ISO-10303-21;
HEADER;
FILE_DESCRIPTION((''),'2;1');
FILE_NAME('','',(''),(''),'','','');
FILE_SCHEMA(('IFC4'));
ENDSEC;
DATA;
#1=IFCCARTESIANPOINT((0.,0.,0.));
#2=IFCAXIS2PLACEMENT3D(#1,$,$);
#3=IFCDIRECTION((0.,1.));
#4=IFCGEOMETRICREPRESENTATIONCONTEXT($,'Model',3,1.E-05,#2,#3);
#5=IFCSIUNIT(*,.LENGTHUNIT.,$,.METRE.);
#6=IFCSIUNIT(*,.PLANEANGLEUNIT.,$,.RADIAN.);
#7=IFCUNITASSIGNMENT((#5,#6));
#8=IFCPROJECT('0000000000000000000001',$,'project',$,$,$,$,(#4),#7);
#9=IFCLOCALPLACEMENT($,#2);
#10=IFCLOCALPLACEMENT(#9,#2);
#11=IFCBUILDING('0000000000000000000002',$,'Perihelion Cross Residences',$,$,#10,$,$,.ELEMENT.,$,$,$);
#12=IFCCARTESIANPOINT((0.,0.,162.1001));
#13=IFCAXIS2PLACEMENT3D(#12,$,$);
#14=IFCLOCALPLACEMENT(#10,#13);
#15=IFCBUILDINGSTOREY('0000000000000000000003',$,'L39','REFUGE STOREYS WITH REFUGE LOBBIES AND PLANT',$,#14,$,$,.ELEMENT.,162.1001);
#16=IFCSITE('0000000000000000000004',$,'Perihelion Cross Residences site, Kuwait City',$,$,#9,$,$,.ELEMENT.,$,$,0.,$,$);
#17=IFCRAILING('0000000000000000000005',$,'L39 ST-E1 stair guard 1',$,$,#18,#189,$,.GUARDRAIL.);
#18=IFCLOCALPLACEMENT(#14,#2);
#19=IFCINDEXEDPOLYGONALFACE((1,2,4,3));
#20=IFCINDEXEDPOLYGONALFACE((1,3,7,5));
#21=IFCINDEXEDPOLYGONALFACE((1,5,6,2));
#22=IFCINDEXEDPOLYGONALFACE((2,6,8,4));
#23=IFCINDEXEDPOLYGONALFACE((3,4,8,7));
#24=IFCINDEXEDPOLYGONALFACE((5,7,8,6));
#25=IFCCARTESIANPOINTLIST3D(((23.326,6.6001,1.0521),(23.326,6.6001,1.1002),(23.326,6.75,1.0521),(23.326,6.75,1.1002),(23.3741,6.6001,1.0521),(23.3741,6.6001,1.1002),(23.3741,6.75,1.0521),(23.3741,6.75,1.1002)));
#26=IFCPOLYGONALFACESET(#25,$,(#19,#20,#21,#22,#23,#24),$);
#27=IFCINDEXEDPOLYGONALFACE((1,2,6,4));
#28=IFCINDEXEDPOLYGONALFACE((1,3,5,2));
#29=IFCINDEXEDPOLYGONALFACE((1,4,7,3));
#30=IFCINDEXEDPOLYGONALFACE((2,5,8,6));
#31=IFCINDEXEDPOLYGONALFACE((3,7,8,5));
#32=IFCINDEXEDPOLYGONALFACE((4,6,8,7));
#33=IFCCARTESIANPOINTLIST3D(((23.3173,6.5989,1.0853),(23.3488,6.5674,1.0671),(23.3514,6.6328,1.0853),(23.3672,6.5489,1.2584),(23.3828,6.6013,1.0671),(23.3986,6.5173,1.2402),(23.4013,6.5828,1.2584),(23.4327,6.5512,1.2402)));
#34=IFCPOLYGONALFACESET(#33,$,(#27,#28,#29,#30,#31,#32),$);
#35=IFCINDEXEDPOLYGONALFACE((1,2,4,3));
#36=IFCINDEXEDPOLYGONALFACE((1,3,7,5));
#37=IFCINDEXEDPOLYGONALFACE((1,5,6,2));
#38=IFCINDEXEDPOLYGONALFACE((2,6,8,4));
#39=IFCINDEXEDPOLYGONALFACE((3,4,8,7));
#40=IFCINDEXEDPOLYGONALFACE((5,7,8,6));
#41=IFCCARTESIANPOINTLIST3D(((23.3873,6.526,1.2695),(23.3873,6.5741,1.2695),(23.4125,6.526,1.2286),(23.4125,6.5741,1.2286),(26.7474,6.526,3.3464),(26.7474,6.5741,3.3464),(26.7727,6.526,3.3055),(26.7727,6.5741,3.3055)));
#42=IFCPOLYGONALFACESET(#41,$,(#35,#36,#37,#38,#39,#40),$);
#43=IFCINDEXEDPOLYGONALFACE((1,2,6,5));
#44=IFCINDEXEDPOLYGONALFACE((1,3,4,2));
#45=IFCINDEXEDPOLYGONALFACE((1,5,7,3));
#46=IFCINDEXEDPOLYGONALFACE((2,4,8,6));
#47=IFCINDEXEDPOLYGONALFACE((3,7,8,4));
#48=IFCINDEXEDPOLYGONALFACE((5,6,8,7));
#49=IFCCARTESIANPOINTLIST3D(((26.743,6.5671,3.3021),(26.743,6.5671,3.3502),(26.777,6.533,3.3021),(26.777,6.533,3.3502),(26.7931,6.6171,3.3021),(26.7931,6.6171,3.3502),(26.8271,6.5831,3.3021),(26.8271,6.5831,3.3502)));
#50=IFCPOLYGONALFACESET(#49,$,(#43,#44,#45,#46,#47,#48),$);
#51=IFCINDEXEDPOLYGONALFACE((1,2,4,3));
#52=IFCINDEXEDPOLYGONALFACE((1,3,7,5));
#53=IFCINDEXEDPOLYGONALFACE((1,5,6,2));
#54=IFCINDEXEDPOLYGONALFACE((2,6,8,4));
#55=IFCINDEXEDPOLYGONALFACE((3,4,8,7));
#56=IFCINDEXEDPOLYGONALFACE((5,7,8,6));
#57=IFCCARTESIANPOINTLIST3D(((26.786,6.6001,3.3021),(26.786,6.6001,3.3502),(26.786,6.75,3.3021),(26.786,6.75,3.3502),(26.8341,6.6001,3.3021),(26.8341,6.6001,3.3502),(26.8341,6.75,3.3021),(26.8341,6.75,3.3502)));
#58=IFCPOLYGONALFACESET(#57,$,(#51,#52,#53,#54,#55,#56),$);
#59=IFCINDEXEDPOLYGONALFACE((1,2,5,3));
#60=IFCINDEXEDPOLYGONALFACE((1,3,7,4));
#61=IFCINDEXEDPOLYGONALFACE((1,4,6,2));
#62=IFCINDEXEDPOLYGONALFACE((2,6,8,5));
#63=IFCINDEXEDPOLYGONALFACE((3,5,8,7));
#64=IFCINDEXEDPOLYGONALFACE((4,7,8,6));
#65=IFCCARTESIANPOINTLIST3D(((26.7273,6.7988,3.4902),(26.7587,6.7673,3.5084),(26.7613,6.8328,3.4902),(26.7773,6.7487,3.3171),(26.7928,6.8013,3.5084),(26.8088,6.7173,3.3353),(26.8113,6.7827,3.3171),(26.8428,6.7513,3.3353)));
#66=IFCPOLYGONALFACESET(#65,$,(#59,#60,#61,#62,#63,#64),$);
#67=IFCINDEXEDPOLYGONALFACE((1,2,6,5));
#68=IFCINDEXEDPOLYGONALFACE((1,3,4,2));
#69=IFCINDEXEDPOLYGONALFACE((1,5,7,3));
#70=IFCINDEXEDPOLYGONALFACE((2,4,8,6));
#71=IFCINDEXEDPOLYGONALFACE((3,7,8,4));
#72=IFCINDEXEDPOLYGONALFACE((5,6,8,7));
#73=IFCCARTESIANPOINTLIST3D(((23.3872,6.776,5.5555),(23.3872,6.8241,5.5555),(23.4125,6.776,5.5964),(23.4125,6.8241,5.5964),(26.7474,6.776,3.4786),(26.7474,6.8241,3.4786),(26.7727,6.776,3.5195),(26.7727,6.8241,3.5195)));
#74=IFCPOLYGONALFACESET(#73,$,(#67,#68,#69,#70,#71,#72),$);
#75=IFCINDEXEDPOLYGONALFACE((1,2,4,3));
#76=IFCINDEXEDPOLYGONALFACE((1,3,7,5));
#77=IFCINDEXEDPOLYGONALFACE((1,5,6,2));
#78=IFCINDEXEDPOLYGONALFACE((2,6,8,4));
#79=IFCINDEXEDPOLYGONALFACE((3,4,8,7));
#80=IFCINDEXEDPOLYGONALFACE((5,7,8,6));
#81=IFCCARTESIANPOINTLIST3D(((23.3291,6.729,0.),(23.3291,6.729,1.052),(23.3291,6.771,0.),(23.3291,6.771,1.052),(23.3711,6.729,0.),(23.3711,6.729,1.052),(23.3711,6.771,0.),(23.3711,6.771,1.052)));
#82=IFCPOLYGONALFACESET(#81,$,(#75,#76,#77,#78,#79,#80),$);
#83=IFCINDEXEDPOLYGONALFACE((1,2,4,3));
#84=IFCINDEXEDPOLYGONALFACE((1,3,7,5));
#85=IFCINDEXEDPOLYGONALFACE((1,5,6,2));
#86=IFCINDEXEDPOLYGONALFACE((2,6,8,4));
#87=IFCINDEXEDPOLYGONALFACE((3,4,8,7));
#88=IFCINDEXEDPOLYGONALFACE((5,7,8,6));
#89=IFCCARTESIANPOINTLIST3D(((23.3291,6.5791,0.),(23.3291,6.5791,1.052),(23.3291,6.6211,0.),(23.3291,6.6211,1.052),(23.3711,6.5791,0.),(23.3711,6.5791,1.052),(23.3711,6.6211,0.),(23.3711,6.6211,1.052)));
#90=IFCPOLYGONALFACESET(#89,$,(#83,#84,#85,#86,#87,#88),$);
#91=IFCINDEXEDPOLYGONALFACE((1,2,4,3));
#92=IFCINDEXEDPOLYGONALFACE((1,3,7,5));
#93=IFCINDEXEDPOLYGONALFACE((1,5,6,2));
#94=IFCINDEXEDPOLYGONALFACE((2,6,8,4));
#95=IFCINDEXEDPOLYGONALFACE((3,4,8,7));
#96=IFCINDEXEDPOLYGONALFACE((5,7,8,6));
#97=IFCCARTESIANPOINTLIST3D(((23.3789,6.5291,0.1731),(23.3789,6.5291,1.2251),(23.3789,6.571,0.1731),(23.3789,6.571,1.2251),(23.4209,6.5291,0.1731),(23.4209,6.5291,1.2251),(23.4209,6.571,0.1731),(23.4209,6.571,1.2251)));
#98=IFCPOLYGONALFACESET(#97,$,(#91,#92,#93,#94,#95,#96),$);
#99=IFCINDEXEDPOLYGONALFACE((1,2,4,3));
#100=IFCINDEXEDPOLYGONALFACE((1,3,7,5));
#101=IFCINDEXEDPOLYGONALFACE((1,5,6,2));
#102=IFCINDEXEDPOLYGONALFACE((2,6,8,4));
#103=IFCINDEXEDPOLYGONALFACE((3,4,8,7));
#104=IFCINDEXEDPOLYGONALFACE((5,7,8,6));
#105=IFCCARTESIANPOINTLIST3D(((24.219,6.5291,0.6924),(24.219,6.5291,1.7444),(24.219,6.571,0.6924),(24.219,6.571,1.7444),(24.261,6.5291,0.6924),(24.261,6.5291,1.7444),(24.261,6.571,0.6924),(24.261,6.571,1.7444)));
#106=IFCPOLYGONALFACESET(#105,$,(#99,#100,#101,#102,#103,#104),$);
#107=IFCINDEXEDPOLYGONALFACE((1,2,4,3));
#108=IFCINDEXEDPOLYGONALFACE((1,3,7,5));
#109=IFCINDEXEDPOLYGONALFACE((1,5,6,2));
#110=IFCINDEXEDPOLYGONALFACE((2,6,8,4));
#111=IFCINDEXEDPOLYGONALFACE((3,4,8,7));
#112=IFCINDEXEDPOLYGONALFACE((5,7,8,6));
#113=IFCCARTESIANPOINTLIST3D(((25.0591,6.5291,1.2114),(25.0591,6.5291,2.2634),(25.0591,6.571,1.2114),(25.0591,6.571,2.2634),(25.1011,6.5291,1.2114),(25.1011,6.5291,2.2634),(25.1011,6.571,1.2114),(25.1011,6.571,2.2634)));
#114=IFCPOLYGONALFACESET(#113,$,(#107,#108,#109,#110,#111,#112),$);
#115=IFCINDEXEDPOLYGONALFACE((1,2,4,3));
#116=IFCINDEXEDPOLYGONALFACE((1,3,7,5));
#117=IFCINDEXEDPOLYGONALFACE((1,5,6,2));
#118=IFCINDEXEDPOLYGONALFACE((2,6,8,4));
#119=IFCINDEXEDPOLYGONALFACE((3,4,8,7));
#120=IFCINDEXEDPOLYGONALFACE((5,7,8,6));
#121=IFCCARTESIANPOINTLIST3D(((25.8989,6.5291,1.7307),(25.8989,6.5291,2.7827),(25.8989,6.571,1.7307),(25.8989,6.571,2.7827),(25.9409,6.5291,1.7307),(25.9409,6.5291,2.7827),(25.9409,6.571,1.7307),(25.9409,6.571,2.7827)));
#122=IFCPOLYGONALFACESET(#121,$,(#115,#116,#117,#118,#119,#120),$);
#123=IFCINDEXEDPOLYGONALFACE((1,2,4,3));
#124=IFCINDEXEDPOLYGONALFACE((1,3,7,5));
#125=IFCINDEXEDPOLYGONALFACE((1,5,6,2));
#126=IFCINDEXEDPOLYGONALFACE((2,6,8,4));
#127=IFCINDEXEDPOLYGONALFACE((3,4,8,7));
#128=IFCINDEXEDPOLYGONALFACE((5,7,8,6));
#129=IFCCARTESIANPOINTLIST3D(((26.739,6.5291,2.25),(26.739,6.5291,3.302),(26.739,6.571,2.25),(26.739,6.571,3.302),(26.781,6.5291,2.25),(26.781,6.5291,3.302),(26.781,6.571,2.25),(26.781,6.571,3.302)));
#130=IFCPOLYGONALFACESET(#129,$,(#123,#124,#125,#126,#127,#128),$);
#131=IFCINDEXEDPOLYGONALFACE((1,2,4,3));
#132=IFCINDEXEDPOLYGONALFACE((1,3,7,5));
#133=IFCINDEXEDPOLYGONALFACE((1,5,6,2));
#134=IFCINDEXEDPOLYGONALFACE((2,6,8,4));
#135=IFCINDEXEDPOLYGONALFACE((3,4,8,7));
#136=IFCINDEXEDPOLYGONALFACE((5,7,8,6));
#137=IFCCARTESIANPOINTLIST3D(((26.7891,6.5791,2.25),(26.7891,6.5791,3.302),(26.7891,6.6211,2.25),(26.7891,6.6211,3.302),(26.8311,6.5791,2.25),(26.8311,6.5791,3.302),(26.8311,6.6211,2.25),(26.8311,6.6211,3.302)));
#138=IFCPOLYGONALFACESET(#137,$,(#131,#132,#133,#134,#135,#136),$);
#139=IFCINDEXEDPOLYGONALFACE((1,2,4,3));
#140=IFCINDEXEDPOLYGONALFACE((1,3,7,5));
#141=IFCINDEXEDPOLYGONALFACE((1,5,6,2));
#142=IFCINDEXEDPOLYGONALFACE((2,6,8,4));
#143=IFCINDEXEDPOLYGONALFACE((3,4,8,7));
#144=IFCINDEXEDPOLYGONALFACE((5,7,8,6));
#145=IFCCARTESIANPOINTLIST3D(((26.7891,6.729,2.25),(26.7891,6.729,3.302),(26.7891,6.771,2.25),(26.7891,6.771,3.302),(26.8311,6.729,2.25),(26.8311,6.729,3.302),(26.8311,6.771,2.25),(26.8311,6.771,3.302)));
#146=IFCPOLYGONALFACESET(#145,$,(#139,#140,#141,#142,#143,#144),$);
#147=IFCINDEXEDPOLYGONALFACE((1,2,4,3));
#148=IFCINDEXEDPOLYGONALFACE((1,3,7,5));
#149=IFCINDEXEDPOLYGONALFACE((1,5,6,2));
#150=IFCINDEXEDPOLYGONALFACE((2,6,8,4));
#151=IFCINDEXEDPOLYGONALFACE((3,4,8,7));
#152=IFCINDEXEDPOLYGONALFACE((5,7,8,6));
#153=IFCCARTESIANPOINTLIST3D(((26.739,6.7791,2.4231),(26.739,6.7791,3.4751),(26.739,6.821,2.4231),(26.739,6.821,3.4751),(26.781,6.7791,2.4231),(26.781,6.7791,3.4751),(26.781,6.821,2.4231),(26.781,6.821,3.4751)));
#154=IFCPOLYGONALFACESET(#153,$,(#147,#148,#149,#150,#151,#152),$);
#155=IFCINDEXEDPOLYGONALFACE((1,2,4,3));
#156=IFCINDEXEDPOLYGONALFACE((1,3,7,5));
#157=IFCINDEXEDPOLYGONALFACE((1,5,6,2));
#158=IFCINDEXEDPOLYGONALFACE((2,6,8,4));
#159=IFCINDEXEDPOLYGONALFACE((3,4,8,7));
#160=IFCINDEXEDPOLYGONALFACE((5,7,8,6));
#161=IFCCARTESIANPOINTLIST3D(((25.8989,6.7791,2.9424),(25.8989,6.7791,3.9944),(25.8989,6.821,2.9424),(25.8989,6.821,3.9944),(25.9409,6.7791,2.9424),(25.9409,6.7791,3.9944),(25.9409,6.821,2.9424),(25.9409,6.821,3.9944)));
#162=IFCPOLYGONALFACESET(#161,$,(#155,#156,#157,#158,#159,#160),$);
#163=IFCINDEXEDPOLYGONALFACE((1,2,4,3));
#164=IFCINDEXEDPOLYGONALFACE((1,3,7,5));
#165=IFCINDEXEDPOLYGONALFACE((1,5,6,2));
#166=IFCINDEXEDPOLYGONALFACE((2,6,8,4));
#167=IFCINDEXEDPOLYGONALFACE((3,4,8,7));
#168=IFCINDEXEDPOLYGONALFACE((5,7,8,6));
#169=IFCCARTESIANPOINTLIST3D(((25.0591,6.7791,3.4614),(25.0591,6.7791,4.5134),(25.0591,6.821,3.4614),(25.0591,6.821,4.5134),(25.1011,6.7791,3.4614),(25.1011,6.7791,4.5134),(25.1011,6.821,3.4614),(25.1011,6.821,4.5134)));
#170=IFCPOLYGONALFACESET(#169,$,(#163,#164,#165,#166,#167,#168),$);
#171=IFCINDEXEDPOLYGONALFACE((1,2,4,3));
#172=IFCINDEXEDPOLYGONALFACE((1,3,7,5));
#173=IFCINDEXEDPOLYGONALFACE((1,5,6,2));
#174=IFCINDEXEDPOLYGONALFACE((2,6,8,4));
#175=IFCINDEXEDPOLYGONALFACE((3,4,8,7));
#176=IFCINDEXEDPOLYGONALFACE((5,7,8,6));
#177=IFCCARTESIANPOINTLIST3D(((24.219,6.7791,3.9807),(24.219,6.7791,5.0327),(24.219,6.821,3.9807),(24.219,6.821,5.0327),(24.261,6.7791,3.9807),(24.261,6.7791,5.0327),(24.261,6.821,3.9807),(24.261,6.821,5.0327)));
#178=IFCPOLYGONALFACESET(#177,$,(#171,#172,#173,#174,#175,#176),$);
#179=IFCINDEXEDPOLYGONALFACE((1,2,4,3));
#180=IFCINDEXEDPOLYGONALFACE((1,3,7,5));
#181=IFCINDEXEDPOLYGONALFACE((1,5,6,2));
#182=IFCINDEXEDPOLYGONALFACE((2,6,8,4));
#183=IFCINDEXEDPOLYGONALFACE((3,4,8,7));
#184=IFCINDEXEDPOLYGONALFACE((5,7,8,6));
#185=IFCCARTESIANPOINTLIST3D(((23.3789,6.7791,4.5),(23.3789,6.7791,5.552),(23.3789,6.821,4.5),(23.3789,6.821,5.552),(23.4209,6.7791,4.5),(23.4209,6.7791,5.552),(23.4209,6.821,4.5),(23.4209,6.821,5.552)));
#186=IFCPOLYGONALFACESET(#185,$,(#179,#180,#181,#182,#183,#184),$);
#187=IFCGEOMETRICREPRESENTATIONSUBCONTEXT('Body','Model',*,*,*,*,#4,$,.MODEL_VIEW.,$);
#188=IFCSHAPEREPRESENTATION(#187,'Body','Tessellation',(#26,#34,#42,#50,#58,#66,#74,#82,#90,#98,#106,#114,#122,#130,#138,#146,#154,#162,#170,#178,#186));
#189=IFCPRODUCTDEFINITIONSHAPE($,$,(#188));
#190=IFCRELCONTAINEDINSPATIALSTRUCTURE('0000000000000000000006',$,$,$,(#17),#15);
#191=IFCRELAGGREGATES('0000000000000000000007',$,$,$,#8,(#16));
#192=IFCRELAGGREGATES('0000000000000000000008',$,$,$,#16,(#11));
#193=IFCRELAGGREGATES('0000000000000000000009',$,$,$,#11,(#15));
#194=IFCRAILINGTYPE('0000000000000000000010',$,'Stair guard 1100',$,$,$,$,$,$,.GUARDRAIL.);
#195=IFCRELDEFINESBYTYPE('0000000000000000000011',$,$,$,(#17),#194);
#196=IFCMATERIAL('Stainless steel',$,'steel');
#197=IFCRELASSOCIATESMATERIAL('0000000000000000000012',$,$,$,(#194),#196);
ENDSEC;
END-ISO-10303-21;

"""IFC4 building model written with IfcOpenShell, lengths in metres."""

from ifc_helpers import new_model, si_unit, direction, frame, origin, origin_2d, place, context, subcontext, project, spatial, rectangle, extrude, material, type_object, element, save


model = new_model("IFC4")

# Units and contexts
model_context = context("Model", 3, precision=1e-05, world=origin(), true_north=direction((0.0, 1.0)))
body_context = subcontext(model_context, "Body", "Model", "MODEL_VIEW")
ifc_project = project(units=[si_unit("LENGTHUNIT", "METRE"), si_unit("PLANEANGLEUNIT", "RADIAN")], contexts=[model_context])

# Site, building, storey
site_placement = place(None, origin())
site = spatial("IfcSite", under=ifc_project, at=site_placement, Name="Perihelion Cross Residences site, Kuwait City", CompositionType="ELEMENT", RefElevation=0.0)
building_placement = place(site_placement, origin())
building = spatial("IfcBuilding", under=site, at=building_placement, Name="Perihelion Cross Residences", CompositionType="ELEMENT")
storey_placement = place(building_placement, frame((0.0, 0.0, 162.1001)))
storey = spatial("IfcBuildingStorey", under=building, at=storey_placement, Name="L39", Description="REFUGE STOREYS WITH REFUGE LOBBIES AND PLANT", CompositionType="ELEMENT", Elevation=162.1001)

# Railing
ifc_material_1 = material(Name="Stainless steel", Category="steel")
railing_type_1 = type_object("IfcRailingType", Name="Stair guard 1100", PredefinedType="GUARDRAIL", material=ifc_material_1)
railing_1_placement = place(storey_placement, frame((23.3501, 6.75, 0.0)))
element("IfcRailing", 1, at=railing_1_placement, inside=storey, type_object=railing_type_1, Name="L39 ST-E1 stair guard 1", PredefinedType="GUARDRAIL", context=body_context, shape_type="SweptSolid", body=[
    extrude(rectangle(XDim=0.0481, YDim=0.0481, at=origin_2d()), frame((0.0, 0.0, 1.0762), z_axis=(0.0, -1.0, 0.0), x_axis=(1.0, 0.0, 0.0)), (0.0, 0.0, 1.0), 0.1499),
    extrude(rectangle(XDim=0.0481, YDim=0.0481, at=origin_2d()), frame((0.0, -0.1499, 1.0762), z_axis=(0.266417, -0.267723, 0.92593), x_axis=(0.708834, 0.705376, 0.0)), (0.0, 0.0, 1.0), 0.187),
    extrude(rectangle(XDim=0.0481, YDim=0.0481, at=origin_2d()), frame((0.0498, -0.2, 1.249), z_axis=(0.850623, 0.0, 0.525776), x_axis=(0.0, 1.0, 0.0)), (0.0, 0.0, 1.0), 3.9502),
    extrude(rectangle(XDim=0.0481, YDim=0.0481, at=origin_2d()), frame((3.4099, -0.2, 3.3262), z_axis=(0.707107, 0.707107, 0.0), x_axis=(-0.707107, 0.707107, 0.0)), (0.0, 0.0, 1.0), 0.0708),
    extrude(rectangle(XDim=0.0481, YDim=0.0481, at=origin_2d()), frame((3.46, -0.1499, 3.3262), z_axis=(0.0, 1.0, 0.0), x_axis=(-1.0, 0.0, 0.0)), (0.0, 0.0, 1.0), 0.1499),
    extrude(rectangle(XDim=0.0481, YDim=0.0481, at=origin_2d()), frame((3.46, 0.0, 3.3262), z_axis=(-0.26763, 0.26763, 0.925607), x_axis=(-0.707107, -0.707107, 0.0)), (0.0, 0.0, 1.0), 0.187),
    extrude(rectangle(XDim=0.0481, YDim=0.0481, at=origin_2d()), frame((3.4099, 0.05, 3.499), z_axis=(-0.850623, 0.0, 0.525776), x_axis=(0.0, -1.0, 0.0)), (0.0, 0.0, 1.0), 3.9502),
    extrude(rectangle(XDim=0.042, YDim=0.042, at=origin_2d()), origin(), (0.0, 0.0, 1.0), 1.052),
    extrude(rectangle(XDim=0.042, YDim=0.042, at=origin_2d()), frame((0.0, -0.1499, 0.0)), (0.0, 0.0, 1.0), 1.052),
    extrude(rectangle(XDim=0.042, YDim=0.042, at=origin_2d()), frame((0.0498, -0.2, 0.1731)), (0.0, 0.0, 1.0), 1.052),
    extrude(rectangle(XDim=0.042, YDim=0.042, at=origin_2d()), frame((0.8899, -0.2, 0.6924)), (0.0, 0.0, 1.0), 1.052),
    extrude(rectangle(XDim=0.042, YDim=0.042, at=origin_2d()), frame((1.73, -0.2, 1.2114)), (0.0, 0.0, 1.0), 1.052),
    extrude(rectangle(XDim=0.042, YDim=0.042, at=origin_2d()), frame((2.5698, -0.2, 1.7307)), (0.0, 0.0, 1.0), 1.052),
    extrude(rectangle(XDim=0.042, YDim=0.042, at=origin_2d()), frame((3.4099, -0.2, 2.25)), (0.0, 0.0, 1.0), 1.052),
    extrude(rectangle(XDim=0.042, YDim=0.042, at=origin_2d()), frame((3.46, -0.1499, 2.25)), (0.0, 0.0, 1.0), 1.052),
    extrude(rectangle(XDim=0.042, YDim=0.042, at=origin_2d()), frame((3.46, 0.0, 2.25)), (0.0, 0.0, 1.0), 1.052),
    extrude(rectangle(XDim=0.042, YDim=0.042, at=origin_2d()), frame((3.4099, 0.05, 2.4231)), (0.0, 0.0, 1.0), 1.052),
    extrude(rectangle(XDim=0.042, YDim=0.042, at=origin_2d()), frame((2.5698, 0.05, 2.9424)), (0.0, 0.0, 1.0), 1.052),
    extrude(rectangle(XDim=0.042, YDim=0.042, at=origin_2d()), frame((1.73, 0.05, 3.4614)), (0.0, 0.0, 1.0), 1.052),
    extrude(rectangle(XDim=0.042, YDim=0.042, at=origin_2d()), frame((0.8899, 0.05, 3.9807)), (0.0, 0.0, 1.0), 1.052),
    extrude(rectangle(XDim=0.042, YDim=0.042, at=origin_2d()), frame((0.0498, 0.05, 4.5)), (0.0, 0.0, 1.0), 1.052),
])

save(model, "model.ifc")
